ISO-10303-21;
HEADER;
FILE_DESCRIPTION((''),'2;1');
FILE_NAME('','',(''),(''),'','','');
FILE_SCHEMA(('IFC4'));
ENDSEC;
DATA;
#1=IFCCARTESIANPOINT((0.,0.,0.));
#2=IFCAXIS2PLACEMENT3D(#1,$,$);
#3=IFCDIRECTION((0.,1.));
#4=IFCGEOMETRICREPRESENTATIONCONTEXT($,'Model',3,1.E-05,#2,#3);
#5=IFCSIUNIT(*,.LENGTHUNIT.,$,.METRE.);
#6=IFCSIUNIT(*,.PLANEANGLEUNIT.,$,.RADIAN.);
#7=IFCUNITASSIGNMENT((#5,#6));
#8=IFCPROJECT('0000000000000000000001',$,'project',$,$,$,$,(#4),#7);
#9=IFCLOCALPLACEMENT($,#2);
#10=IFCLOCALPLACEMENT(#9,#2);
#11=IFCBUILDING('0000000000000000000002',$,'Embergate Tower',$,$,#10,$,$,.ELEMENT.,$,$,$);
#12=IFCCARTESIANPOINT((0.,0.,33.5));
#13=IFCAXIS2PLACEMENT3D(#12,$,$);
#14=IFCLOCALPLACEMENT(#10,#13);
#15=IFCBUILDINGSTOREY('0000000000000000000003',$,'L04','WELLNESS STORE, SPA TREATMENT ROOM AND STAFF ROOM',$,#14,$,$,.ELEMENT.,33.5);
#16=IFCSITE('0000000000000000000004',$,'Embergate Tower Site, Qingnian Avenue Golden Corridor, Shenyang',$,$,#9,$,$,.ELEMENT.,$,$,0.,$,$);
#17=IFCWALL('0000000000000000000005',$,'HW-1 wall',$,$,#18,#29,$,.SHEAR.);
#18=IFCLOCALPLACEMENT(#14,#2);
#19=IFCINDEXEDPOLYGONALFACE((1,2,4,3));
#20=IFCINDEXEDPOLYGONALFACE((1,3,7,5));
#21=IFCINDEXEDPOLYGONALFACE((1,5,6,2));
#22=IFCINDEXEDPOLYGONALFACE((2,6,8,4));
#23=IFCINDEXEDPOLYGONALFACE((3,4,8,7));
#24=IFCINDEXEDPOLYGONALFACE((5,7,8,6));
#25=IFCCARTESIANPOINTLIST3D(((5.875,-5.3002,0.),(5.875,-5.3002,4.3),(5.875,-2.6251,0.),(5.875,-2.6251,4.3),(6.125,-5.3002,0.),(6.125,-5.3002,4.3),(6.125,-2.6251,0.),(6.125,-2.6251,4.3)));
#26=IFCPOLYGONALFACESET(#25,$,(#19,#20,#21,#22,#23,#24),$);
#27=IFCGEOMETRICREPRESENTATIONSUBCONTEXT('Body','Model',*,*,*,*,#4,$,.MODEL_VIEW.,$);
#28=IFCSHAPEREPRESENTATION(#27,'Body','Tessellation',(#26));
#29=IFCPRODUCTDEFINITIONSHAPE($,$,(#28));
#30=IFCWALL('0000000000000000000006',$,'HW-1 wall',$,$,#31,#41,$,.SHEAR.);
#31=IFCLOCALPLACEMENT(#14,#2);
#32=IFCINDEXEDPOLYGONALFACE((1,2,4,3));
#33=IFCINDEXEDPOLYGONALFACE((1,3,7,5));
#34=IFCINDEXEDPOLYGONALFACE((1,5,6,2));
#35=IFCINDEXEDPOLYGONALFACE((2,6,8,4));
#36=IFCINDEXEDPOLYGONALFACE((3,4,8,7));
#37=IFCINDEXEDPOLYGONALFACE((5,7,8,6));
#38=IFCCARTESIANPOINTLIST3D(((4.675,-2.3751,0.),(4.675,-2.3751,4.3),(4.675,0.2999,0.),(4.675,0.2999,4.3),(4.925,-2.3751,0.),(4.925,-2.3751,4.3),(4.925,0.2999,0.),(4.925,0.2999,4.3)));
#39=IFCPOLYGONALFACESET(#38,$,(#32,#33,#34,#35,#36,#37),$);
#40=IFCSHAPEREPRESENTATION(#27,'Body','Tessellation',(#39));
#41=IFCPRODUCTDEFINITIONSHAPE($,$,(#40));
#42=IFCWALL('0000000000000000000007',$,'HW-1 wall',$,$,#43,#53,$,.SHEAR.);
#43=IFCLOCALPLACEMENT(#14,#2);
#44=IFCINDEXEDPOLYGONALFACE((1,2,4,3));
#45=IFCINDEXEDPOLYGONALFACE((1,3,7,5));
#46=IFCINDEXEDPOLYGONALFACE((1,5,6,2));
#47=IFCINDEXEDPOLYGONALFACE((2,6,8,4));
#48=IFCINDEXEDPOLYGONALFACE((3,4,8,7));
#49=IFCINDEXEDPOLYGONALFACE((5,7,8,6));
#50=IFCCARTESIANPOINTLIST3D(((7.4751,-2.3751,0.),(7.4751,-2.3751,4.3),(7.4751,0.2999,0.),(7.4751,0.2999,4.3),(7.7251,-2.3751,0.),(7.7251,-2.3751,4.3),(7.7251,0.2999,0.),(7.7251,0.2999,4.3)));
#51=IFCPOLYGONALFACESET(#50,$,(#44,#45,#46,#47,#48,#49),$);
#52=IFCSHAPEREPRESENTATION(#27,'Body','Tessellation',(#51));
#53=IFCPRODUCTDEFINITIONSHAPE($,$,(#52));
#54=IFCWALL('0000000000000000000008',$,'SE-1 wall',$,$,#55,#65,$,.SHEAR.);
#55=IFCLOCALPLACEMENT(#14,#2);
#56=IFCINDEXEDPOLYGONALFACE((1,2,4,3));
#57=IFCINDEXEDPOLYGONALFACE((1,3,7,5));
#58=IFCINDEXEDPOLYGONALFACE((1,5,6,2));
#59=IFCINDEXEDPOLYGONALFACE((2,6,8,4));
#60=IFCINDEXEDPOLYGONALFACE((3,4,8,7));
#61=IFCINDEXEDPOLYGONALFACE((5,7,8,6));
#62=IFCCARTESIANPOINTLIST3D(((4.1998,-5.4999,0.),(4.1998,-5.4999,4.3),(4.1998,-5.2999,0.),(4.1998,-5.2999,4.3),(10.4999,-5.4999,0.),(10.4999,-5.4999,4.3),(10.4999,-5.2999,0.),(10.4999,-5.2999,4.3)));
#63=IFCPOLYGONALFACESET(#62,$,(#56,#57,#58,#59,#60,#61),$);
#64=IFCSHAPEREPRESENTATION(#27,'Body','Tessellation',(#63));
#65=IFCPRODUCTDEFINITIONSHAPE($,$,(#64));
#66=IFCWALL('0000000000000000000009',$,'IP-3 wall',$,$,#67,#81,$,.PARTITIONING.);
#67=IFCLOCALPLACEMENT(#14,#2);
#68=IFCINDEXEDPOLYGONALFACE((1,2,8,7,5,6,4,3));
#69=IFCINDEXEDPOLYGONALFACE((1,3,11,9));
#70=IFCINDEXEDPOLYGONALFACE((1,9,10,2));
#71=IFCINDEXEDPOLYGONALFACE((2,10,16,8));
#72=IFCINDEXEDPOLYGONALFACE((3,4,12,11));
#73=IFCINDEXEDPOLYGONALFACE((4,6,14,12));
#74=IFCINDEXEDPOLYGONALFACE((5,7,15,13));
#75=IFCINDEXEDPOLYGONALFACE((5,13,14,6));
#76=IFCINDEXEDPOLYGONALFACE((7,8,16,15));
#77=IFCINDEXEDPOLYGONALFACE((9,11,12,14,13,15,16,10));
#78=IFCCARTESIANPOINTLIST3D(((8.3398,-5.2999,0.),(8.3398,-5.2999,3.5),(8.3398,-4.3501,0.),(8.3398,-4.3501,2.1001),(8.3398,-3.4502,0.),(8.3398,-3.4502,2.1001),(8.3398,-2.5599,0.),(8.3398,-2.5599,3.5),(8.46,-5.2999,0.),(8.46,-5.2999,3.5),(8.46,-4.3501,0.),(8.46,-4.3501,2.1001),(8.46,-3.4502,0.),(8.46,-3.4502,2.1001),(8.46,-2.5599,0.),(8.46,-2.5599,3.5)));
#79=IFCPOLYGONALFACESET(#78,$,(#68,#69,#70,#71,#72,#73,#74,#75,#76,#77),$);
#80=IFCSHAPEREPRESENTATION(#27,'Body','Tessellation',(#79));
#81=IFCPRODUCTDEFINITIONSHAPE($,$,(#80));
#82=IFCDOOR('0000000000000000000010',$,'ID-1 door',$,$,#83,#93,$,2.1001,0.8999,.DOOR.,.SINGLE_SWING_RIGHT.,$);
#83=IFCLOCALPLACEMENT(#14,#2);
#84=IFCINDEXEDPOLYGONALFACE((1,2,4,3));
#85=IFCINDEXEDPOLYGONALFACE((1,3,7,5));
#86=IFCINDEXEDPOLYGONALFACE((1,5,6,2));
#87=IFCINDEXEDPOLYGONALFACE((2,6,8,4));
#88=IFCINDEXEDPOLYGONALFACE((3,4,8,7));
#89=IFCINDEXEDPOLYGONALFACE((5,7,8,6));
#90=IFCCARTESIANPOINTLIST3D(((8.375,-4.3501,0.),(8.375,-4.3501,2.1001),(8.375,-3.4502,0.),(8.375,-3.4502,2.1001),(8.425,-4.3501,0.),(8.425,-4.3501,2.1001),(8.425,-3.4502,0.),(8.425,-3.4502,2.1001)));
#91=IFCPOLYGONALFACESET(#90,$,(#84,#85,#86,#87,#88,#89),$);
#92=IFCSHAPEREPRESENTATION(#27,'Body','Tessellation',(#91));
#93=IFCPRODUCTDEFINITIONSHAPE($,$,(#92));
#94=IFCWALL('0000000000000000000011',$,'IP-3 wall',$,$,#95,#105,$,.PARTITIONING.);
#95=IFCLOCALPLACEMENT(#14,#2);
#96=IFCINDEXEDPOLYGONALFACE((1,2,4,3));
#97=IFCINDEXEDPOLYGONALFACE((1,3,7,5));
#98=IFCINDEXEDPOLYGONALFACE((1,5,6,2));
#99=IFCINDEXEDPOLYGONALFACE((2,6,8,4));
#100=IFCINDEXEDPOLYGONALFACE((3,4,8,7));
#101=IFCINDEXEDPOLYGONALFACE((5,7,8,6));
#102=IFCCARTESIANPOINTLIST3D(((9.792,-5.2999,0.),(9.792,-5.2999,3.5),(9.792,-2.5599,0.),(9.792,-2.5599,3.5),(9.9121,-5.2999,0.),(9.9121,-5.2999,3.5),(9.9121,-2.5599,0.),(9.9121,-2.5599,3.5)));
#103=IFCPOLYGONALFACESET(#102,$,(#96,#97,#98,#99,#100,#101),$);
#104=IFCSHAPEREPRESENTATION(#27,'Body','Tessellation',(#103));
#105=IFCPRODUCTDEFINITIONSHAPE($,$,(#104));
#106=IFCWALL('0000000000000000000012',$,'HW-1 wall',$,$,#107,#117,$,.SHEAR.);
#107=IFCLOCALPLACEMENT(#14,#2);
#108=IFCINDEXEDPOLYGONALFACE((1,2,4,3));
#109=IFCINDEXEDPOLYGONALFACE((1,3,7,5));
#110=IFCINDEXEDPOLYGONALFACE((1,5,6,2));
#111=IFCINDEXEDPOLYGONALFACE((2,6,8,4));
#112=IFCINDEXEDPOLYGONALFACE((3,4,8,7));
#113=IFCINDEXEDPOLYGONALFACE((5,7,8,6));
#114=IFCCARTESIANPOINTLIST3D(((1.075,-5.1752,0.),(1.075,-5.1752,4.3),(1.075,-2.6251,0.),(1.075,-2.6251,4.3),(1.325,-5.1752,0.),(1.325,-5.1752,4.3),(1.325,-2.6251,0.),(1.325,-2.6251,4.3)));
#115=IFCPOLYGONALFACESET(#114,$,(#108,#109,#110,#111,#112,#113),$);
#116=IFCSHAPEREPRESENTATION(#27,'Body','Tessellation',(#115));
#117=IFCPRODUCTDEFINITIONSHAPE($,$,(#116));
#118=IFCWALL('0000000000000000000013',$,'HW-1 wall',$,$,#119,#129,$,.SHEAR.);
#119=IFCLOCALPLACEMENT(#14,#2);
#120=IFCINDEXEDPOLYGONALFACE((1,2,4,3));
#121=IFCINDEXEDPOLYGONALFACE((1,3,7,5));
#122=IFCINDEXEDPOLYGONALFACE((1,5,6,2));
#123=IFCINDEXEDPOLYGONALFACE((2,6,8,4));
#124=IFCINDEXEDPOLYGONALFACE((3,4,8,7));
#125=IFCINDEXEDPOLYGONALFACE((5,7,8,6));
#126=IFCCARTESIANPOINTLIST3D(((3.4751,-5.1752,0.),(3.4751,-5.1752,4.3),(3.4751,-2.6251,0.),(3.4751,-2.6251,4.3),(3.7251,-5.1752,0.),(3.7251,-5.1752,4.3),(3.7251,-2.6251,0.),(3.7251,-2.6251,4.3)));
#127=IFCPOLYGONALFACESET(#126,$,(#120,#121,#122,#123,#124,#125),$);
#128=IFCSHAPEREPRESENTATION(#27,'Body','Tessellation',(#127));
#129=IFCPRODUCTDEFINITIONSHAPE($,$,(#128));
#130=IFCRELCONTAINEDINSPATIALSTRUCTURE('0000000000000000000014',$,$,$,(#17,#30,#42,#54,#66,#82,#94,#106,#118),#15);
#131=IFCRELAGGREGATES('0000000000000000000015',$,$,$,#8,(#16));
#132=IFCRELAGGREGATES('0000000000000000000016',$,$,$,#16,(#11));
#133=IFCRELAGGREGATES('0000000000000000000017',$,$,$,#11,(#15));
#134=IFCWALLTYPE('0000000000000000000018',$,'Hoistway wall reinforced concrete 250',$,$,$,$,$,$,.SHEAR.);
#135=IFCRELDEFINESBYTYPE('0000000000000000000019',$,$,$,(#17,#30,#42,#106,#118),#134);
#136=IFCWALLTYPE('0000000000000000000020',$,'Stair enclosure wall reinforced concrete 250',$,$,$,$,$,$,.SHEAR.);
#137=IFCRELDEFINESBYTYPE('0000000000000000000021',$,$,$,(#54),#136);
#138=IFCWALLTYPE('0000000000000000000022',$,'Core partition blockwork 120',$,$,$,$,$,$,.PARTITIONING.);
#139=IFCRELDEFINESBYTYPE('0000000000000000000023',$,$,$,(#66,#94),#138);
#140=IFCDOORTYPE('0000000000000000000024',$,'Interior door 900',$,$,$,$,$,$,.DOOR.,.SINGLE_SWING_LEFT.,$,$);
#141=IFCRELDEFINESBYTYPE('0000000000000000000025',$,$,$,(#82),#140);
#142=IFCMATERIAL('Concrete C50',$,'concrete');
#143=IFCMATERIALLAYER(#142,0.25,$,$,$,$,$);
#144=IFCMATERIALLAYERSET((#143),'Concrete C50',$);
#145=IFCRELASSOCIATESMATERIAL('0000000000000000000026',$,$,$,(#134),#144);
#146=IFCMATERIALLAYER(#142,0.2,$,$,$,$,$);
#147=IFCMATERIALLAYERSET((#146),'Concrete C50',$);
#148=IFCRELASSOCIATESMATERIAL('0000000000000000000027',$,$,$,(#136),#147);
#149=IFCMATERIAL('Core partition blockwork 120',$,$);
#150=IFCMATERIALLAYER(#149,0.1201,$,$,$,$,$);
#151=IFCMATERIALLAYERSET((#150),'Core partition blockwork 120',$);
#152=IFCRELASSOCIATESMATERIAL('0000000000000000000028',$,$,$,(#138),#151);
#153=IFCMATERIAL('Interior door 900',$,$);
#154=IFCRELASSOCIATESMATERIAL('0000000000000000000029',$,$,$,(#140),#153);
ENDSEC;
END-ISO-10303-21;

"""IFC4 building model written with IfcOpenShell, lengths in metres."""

from ifc_helpers import new_model, si_unit, direction, frame, frame_2d, origin, place, context, subcontext, project, spatial, rectangle, extrude, source, transform, mapped, material, layer, layer_set, type_object, element, fill, save


model = new_model("IFC4")

# Units and contexts
model_context = context("Model", 3, precision=1e-05, world=origin(), true_north=direction((0.0, 1.0)))
body_context = subcontext(model_context, "Body", "Model", "MODEL_VIEW")
ifc_project = project(units=[si_unit("LENGTHUNIT", "METRE"), si_unit("PLANEANGLEUNIT", "RADIAN")], contexts=[model_context])

# Site, building, storey
site_placement = place(None, origin())
site = spatial("IfcSite", under=ifc_project, at=site_placement, Name="Embergate Tower Site, Qingnian Avenue Golden Corridor, Shenyang", CompositionType="ELEMENT", RefElevation=0.0)
building_placement = place(site_placement, origin())
building = spatial("IfcBuilding", under=site, at=building_placement, Name="Embergate Tower", CompositionType="ELEMENT")
storey_placement = place(building_placement, frame((0.0, 0.0, 33.5)))
storey = spatial("IfcBuildingStorey", under=building, at=storey_placement, Name="L04", Description="WELLNESS STORE, SPA TREATMENT ROOM AND STAFF ROOM", CompositionType="ELEMENT", Elevation=33.5)

# Walls
ifc_material_1 = material(Name="Concrete C50", Category="concrete")
ifc_layer_1 = layer(ifc_material_1, 0.25)
ifc_layer_set_1 = layer_set([ifc_layer_1], Name="Concrete C50")
wall_type_1 = type_object("IfcWallType", Name="Hoistway wall reinforced concrete 250", PredefinedType="SHEAR", material=ifc_layer_set_1)
shared_shape_1 = source(origin(), body_context, "Body", "SweptSolid", [
    extrude(rectangle(XDim=2.675, YDim=0.25, at=frame_2d((1.3374, 0.0))), origin(), (0.0, 0.0, 1.0), 4.3),
])
for number, where, z_axis, x_axis, name in (
    (1, (6.0, -5.3, 0.0), (0.0, 0.0, 1.0), (0.0, 1.0, 0.0), "HW-1 wall"),
    (2, (4.8, -2.375, 0.0), (0.0, 0.0, 1.0), (0.0, 1.0, 0.0), "HW-1 wall"),
    (3, (7.6001, -2.375, 0.0), (0.0, 0.0, 1.0), (0.0, 1.0, 0.0), "HW-1 wall"),
):
    element("IfcWall", number, at=place(storey_placement, frame(where, z_axis=z_axis, x_axis=x_axis)), inside=storey, type_object=wall_type_1, Name=name, PredefinedType="SHEAR", context=body_context, shape_type="MappedRepresentation", body=[
        mapped(shared_shape_1, transform((0.0, 0.0, 0.0))),
    ])
ifc_layer_2 = layer(ifc_material_1, 0.2)
ifc_layer_set_2 = layer_set([ifc_layer_2], Name="Concrete C50")
wall_type_2 = type_object("IfcWallType", Name="Stair enclosure wall reinforced concrete 250", PredefinedType="SHEAR", material=ifc_layer_set_2)
shared_shape_2 = source(origin(), body_context, "Body", "SweptSolid", [
    extrude(rectangle(XDim=6.3, YDim=0.2, at=frame_2d((3.1499, 0.0))), origin(), (0.0, 0.0, 1.0), 4.3),
])
wall_1_placement = place(storey_placement, frame((4.2, -5.3999, 0.0), z_axis=(0.0, 0.0, 1.0), x_axis=(1.0, 0.0, 0.0)))
element("IfcWall", 4, at=wall_1_placement, inside=storey, type_object=wall_type_2, Name="SE-1 wall", PredefinedType="SHEAR", context=body_context, shape_type="MappedRepresentation", body=[
    mapped(shared_shape_2, transform((0.0, 0.0, 0.0))),
])

# Wall, opening, door
ifc_material_2 = material(Name="Core partition blockwork 120")
ifc_layer_3 = layer(ifc_material_2, 0.1201)
ifc_layer_set_3 = layer_set([ifc_layer_3], Name="Core partition blockwork 120")
wall_type_3 = type_object("IfcWallType", Name="Core partition blockwork 120", PredefinedType="PARTITIONING", material=ifc_layer_set_3)
shared_shape_3 = source(origin(), body_context, "Body", "SweptSolid", [
    extrude(rectangle(XDim=2.74, YDim=0.1201, at=frame_2d((1.3701, 0.0))), origin(), (0.0, 0.0, 1.0), 3.5),
])
wall_2_placement = place(storey_placement, frame((8.3999, -5.3, 0.0), z_axis=(0.0, 0.0, 1.0), x_axis=(0.0, 1.0, 0.0)))
wall_2 = element("IfcWall", 5, at=wall_2_placement, inside=storey, type_object=wall_type_3, Name="IP-3 wall", PredefinedType="PARTITIONING", context=body_context, shape_type="MappedRepresentation", body=[
    mapped(shared_shape_3, transform((0.0, 0.0, 0.0))),
])
shared_shape_4 = source(origin(), body_context, "Body", "SweptSolid", [
    extrude(rectangle(XDim=0.8999, YDim=2.1001, at=frame_2d((0.45, 1.05))), frame((0.0, 0.0701, 0.0), z_axis=(0.0, -1.0, 0.0), x_axis=(1.0, 0.0, 0.0)), (0.0, 0.0, 1.0), 0.1401),
])
opening_1_placement = place(wall_2_placement, frame((0.95, 0.0, 0.0)))
opening_1 = element("IfcOpeningElement", 6, at=opening_1_placement, cuts=wall_2, PredefinedType="OPENING", context=body_context, shape_type="MappedRepresentation", body=[
    mapped(shared_shape_4, transform((0.0, 0.0, 0.0))),
])
ifc_material_3 = material(Name="Interior door 900")
door_type_1 = type_object("IfcDoorType", Name="Interior door 900", OperationType="SINGLE_SWING_LEFT", PredefinedType="DOOR", material=ifc_material_3)
shared_shape_5 = source(origin(), body_context, "Body", "SweptSolid", [
    extrude(rectangle(XDim=0.8999, YDim=2.1001, at=frame_2d((0.45, 1.05))), frame((0.0, 0.0249, 0.0), z_axis=(0.0, -1.0, 0.0), x_axis=(1.0, 0.0, 0.0)), (0.0, 0.0, 1.0), 0.05),
])
door_1_placement = place(opening_1_placement, origin())
door_1 = element("IfcDoor", 7, at=door_1_placement, inside=storey, type_object=door_type_1, Name="ID-1 door", OperationType="SINGLE_SWING_RIGHT", OverallHeight=2.1001, OverallWidth=0.8999, PredefinedType="DOOR", context=body_context, shape_type="MappedRepresentation", body=[
    mapped(shared_shape_5, transform((0.0, 0.0, 0.0))),
])
fill(opening_1, door_1)

# Walls
wall_3_placement = place(storey_placement, frame((9.8521, -5.3, 0.0), z_axis=(0.0, 0.0, 1.0), x_axis=(0.0, 1.0, 0.0)))
element("IfcWall", 8, at=wall_3_placement, inside=storey, type_object=wall_type_3, Name="IP-3 wall", PredefinedType="PARTITIONING", context=body_context, shape_type="MappedRepresentation", body=[
    mapped(shared_shape_3, transform((0.0, 0.0, 0.0))),
])
shared_shape_6 = source(origin(), body_context, "Body", "SweptSolid", [
    extrude(rectangle(XDim=2.55, YDim=0.25, at=frame_2d((1.2749, 0.0))), origin(), (0.0, 0.0, 1.0), 4.3),
])
for number, where, z_axis, x_axis, name in (
    (9, (1.2, -5.175, 0.0), (0.0, 0.0, 1.0), (0.0, 1.0, 0.0), "HW-1 wall"),
    (10, (3.6001, -5.175, 0.0), (0.0, 0.0, 1.0), (0.0, 1.0, 0.0), "HW-1 wall"),
):
    element("IfcWall", number, at=place(storey_placement, frame(where, z_axis=z_axis, x_axis=x_axis)), inside=storey, type_object=wall_type_1, Name=name, PredefinedType="SHEAR", context=body_context, shape_type="MappedRepresentation", body=[
        mapped(shared_shape_6, transform((0.0, 0.0, 0.0))),
    ])

save(model, "model.ifc")
